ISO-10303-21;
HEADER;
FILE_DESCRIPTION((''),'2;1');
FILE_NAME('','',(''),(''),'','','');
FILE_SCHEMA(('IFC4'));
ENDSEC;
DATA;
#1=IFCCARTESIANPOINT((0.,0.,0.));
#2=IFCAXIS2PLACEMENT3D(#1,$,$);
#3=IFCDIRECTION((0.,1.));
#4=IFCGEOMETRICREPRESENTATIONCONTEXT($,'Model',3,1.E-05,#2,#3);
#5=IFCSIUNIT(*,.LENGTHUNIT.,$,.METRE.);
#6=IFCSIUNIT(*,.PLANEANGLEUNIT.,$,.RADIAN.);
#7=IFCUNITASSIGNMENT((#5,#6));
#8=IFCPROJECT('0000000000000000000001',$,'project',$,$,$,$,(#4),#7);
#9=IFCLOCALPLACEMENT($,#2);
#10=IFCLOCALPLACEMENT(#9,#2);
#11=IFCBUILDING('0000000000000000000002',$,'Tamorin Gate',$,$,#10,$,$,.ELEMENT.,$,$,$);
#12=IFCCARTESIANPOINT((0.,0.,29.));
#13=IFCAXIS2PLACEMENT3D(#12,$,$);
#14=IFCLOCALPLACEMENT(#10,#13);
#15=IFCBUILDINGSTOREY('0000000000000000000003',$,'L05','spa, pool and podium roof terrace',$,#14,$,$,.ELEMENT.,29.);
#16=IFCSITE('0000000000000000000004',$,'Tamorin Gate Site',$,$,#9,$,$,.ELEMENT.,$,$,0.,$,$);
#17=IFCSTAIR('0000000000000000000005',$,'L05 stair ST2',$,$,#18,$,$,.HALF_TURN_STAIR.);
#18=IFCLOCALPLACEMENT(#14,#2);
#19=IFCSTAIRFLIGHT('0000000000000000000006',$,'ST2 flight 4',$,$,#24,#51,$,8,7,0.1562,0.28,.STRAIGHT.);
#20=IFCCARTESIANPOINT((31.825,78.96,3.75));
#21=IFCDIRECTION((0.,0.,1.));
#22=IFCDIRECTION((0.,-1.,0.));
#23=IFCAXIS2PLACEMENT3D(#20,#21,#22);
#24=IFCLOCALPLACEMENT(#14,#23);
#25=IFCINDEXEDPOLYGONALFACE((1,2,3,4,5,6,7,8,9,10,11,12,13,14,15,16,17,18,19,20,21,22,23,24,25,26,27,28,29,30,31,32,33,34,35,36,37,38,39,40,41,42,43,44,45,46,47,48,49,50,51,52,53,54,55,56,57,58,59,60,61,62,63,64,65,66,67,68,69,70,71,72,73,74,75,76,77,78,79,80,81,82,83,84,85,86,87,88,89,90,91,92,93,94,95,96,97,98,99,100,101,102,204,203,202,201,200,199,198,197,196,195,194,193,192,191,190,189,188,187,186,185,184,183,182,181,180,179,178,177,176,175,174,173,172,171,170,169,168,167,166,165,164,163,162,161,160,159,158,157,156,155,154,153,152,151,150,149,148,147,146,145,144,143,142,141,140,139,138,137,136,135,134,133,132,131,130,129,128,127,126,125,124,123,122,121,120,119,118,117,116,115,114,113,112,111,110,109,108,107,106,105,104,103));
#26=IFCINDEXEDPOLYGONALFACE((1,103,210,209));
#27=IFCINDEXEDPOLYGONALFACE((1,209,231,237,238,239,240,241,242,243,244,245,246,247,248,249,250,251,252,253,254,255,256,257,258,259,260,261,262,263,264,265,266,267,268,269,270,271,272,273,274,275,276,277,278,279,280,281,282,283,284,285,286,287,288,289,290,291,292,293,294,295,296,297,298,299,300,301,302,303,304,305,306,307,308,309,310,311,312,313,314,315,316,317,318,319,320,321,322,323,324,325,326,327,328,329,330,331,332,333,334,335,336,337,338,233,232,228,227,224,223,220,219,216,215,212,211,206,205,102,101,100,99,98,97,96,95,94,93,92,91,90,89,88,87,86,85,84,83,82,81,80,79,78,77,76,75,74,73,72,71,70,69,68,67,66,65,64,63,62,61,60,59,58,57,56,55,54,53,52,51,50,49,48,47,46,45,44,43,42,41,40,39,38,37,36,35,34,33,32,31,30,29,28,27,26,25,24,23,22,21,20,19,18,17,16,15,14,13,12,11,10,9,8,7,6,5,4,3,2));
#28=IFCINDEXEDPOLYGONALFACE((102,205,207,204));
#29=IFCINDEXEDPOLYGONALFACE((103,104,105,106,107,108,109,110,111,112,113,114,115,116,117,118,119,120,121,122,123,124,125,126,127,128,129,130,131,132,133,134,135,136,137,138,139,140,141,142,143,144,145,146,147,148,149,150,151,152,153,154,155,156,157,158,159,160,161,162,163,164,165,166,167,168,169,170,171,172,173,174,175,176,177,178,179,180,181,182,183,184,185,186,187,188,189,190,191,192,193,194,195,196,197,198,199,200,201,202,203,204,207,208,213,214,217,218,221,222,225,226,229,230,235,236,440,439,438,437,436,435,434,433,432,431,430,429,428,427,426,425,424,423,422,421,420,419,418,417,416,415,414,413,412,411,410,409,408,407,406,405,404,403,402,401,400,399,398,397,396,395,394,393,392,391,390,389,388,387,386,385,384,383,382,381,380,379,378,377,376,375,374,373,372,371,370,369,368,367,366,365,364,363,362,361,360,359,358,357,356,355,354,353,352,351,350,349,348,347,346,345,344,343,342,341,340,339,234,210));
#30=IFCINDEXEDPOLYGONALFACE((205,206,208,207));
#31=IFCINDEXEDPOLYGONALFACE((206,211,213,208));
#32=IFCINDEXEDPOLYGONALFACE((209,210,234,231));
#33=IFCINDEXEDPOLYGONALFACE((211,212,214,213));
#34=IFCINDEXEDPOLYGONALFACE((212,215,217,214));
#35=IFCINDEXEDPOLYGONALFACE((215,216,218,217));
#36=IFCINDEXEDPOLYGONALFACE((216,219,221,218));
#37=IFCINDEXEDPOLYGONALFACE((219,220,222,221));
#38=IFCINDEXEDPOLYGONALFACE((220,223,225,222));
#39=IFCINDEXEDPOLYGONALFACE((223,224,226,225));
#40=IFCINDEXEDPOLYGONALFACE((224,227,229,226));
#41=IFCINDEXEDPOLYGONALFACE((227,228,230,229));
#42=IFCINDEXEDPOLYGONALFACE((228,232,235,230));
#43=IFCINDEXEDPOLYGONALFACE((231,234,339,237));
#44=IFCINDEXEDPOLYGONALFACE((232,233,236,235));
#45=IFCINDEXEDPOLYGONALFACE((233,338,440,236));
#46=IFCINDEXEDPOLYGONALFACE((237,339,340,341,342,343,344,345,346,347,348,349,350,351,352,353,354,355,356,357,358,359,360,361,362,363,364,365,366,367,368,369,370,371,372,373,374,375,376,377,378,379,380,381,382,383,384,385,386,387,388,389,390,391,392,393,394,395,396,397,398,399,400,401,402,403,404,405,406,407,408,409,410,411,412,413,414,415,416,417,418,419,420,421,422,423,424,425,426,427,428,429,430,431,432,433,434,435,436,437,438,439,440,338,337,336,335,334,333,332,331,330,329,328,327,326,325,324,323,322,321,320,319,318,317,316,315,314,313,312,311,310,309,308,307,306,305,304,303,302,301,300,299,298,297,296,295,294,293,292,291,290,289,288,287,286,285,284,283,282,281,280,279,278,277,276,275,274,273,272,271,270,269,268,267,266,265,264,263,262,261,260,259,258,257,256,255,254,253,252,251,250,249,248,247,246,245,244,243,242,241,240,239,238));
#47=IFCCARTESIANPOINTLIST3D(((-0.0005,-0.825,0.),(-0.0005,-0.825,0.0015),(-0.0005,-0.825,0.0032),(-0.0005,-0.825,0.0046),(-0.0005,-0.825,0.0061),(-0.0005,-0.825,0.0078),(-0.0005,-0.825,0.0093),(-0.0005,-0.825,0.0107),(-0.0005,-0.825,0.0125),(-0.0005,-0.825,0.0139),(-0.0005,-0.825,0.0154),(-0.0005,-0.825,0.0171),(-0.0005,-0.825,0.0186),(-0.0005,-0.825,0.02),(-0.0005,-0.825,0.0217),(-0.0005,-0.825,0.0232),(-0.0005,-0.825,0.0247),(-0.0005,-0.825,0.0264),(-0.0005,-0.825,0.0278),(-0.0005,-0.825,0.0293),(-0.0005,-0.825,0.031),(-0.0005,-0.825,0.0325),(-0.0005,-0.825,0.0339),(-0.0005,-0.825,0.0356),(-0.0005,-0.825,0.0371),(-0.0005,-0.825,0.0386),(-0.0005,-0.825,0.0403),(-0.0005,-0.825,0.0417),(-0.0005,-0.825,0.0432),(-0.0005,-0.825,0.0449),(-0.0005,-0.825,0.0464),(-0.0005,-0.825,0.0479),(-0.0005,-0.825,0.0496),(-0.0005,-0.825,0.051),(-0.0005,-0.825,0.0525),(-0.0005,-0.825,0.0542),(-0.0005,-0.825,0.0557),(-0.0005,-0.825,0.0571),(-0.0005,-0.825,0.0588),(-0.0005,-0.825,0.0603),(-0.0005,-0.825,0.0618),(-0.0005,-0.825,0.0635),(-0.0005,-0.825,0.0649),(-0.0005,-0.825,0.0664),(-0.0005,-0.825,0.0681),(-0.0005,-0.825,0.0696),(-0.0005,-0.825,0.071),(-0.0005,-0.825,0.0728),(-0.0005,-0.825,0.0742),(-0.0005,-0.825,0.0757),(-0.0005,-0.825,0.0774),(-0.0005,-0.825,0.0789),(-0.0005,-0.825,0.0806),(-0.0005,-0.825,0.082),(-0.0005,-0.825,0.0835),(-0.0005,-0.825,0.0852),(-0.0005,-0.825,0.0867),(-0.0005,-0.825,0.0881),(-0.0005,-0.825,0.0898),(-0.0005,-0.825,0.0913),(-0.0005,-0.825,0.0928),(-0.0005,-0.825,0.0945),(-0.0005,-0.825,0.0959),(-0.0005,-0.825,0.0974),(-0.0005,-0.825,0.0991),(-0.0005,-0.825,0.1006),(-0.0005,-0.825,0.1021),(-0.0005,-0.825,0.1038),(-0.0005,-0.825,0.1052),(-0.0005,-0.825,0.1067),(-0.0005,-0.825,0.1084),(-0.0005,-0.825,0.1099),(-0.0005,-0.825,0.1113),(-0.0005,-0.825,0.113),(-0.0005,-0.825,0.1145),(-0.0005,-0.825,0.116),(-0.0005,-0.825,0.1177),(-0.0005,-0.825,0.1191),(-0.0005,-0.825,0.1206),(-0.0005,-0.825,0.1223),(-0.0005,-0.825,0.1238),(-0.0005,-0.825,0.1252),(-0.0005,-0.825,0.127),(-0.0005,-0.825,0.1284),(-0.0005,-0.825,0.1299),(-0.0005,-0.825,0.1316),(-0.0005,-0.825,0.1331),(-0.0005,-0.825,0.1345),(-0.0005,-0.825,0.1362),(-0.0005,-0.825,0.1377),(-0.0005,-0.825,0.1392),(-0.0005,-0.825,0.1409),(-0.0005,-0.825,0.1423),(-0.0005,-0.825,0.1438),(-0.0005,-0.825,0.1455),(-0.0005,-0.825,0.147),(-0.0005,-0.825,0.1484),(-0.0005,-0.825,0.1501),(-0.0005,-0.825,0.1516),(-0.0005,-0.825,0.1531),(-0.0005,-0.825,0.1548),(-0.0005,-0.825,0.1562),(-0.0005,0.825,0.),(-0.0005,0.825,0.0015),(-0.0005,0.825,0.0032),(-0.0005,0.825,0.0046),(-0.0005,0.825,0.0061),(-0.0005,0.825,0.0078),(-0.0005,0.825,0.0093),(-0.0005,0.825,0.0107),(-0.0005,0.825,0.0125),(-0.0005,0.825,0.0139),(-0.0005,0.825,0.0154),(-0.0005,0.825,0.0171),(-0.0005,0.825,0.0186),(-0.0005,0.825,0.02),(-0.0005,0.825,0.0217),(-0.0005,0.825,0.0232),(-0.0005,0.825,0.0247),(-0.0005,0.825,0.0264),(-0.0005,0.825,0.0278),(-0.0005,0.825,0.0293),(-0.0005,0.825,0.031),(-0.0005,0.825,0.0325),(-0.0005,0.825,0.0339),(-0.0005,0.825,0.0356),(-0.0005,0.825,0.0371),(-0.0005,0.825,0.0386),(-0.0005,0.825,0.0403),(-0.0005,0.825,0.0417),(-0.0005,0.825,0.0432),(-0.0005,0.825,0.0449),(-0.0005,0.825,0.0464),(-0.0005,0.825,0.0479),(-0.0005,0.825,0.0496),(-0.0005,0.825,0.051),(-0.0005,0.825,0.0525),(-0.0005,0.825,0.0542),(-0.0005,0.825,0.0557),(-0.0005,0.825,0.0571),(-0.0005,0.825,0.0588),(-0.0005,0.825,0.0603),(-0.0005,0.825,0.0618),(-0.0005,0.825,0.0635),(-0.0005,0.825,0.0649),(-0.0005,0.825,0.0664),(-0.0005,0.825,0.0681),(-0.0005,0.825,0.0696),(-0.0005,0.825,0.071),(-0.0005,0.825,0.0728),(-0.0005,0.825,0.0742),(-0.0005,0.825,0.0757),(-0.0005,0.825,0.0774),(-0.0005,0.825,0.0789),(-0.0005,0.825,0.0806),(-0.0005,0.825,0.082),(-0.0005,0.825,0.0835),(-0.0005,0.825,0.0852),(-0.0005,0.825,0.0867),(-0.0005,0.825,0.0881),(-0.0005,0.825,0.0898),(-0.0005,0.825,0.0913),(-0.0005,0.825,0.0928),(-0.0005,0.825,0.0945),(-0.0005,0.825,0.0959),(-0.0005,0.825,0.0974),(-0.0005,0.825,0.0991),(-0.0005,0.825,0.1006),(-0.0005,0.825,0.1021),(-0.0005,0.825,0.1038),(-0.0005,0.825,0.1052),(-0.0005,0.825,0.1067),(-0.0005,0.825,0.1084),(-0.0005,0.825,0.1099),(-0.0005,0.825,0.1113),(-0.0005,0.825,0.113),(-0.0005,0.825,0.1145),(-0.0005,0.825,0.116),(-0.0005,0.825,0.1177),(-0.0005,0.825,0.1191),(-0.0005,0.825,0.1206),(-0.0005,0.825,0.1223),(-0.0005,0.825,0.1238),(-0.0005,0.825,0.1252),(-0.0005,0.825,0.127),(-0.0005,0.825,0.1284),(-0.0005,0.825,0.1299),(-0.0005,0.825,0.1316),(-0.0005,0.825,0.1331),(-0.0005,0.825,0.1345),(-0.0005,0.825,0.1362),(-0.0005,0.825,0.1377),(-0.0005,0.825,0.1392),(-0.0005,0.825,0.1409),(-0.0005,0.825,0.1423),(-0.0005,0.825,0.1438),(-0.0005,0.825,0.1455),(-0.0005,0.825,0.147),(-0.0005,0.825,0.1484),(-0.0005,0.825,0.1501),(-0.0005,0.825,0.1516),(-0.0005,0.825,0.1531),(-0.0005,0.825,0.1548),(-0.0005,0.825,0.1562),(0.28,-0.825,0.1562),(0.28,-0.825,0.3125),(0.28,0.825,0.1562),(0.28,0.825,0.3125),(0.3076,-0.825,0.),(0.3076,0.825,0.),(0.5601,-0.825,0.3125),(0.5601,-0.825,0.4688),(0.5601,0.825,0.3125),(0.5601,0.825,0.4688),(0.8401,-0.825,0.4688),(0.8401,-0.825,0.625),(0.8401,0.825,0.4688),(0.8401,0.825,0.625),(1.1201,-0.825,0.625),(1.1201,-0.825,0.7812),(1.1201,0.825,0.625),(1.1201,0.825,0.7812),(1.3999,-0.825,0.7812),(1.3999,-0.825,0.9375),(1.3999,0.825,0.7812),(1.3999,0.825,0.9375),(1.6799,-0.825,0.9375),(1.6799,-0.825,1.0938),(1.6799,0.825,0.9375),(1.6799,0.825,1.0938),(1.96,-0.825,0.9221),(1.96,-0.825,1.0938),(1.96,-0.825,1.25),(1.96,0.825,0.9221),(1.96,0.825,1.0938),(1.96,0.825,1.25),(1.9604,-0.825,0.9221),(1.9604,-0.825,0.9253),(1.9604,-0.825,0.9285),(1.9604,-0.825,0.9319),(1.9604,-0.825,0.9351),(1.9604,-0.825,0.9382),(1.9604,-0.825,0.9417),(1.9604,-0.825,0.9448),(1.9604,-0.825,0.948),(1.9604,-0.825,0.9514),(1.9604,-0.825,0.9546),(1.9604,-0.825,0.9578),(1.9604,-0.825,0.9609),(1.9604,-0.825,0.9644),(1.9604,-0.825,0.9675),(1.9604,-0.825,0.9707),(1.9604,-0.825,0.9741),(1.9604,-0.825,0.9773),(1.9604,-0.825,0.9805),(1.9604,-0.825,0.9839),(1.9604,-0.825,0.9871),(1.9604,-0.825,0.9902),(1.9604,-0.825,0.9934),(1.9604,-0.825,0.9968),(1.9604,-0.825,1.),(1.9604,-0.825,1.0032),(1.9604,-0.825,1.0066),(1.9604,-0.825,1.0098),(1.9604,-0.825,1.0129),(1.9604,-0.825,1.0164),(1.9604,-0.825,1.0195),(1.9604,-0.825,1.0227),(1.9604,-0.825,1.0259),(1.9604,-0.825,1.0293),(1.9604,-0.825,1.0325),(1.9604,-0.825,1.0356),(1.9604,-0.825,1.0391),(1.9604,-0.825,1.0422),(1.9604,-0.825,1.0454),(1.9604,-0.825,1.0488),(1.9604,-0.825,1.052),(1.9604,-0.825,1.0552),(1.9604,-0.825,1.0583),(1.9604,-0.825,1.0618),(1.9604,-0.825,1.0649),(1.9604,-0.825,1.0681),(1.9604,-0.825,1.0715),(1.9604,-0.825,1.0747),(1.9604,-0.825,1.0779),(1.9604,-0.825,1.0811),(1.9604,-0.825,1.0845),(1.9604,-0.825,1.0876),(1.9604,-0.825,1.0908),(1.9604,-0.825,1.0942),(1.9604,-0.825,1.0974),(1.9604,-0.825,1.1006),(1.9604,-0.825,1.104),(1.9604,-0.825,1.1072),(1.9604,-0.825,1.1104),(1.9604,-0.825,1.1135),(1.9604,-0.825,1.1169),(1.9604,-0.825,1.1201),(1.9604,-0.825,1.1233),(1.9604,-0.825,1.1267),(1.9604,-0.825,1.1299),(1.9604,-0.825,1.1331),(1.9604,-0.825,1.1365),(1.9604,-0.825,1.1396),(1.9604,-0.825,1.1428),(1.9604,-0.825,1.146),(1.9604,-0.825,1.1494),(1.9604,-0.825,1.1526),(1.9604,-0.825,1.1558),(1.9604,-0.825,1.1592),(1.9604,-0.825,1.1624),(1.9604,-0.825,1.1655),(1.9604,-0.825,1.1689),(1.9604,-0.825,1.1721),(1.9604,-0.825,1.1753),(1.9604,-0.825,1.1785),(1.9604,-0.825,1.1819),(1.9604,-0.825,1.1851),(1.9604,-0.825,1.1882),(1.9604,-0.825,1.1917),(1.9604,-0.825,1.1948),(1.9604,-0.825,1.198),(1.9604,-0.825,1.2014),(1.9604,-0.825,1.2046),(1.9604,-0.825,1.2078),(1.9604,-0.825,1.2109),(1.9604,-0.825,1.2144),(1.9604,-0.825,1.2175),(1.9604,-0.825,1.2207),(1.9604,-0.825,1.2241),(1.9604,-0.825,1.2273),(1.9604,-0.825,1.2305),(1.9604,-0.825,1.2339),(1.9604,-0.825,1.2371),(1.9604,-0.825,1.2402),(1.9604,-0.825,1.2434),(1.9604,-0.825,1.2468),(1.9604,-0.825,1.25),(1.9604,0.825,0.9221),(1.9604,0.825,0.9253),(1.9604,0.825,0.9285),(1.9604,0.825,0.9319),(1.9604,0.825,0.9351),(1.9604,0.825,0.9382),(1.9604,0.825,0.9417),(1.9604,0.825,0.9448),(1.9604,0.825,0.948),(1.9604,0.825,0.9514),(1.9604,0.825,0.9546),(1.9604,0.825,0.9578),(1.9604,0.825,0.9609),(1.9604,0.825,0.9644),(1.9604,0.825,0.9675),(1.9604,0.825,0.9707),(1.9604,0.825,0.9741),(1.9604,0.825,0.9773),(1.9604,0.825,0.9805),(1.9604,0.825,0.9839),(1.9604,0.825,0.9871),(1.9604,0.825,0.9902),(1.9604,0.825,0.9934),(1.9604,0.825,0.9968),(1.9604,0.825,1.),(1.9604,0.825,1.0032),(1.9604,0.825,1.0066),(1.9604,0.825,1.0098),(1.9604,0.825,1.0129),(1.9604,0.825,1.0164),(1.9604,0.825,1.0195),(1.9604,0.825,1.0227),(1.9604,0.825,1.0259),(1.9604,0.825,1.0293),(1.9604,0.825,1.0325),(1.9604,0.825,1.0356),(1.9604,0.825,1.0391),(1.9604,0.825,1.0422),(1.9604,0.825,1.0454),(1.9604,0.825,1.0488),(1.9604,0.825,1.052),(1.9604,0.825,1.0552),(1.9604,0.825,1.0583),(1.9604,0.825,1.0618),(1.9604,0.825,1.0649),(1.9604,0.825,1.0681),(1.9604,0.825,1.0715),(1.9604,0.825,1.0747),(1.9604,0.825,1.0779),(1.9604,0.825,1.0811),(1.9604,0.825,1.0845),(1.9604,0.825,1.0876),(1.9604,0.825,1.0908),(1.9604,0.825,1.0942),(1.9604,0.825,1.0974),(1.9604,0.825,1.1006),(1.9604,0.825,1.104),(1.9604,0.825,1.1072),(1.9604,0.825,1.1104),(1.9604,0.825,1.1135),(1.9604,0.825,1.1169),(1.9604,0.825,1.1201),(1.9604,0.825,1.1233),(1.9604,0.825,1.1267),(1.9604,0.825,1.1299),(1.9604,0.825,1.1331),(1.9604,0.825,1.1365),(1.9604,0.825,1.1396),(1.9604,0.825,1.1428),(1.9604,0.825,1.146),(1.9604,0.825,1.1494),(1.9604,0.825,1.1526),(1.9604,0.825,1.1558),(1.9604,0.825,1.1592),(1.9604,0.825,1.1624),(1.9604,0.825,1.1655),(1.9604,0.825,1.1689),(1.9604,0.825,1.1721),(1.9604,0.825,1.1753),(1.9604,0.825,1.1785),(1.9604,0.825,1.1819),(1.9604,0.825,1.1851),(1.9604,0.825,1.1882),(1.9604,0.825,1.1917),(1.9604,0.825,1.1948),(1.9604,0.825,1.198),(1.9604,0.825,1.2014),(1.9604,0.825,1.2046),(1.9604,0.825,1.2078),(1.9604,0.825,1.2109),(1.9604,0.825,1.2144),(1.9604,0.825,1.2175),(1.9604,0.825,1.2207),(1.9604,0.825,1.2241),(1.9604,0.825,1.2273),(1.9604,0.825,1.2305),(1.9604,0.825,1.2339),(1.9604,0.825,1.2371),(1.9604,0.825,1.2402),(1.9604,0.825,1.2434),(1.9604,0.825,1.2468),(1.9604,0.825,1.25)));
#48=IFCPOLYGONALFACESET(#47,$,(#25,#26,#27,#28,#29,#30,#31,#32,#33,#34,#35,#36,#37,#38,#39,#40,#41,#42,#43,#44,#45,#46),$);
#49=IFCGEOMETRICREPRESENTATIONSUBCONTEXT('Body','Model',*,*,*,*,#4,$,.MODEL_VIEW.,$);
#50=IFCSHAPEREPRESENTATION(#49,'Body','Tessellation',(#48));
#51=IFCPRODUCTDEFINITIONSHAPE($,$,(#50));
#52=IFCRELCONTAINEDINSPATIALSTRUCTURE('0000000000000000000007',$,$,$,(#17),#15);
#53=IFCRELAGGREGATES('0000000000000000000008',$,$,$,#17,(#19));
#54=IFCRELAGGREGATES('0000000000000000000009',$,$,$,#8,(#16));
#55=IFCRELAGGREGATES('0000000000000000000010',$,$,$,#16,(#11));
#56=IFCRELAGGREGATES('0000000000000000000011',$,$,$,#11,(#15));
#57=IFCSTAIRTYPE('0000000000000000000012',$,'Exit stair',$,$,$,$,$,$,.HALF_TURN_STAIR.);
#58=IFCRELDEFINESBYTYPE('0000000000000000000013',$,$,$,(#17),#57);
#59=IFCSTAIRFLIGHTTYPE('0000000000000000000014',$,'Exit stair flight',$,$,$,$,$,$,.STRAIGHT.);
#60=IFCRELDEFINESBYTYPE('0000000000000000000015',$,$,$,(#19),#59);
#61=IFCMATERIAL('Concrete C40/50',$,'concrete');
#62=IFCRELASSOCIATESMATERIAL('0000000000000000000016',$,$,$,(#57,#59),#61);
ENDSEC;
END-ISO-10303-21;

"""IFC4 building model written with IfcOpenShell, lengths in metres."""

from ifc_helpers import new_model, si_unit, direction, frame, origin, place, context, subcontext, project, spatial, polyline, outline, extrude, material, type_object, element, aggregate, save


model = new_model("IFC4")

# Units and contexts
model_context = context("Model", 3, precision=1e-05, world=origin(), true_north=direction((0.0, 1.0)))
body_context = subcontext(model_context, "Body", "Model", "MODEL_VIEW")
ifc_project = project(units=[si_unit("LENGTHUNIT", "METRE"), si_unit("PLANEANGLEUNIT", "RADIAN")], contexts=[model_context])

# Site, building, storey
site_placement = place(None, origin())
site = spatial("IfcSite", under=ifc_project, at=site_placement, Name="Tamorin Gate Site", CompositionType="ELEMENT", RefElevation=0.0)
building_placement = place(site_placement, origin())
building = spatial("IfcBuilding", under=site, at=building_placement, Name="Tamorin Gate", CompositionType="ELEMENT")
storey_placement = place(building_placement, frame((0.0, 0.0, 29.0)))
storey = spatial("IfcBuildingStorey", under=building, at=storey_placement, Name="L05", Description="spa, pool and podium roof terrace", CompositionType="ELEMENT", Elevation=29.0)

# Stair, stair flight
ifc_material_1 = material(Name="Concrete C40/50", Category="concrete")
stair_type = type_object("IfcStairType", Name="Exit stair", PredefinedType="HALF_TURN_STAIR", material=ifc_material_1)
stair_placement = place(storey_placement, origin())
stair = element("IfcStair", 1, at=stair_placement, inside=storey, type_object=stair_type, Name="L05 stair ST2", PredefinedType="HALF_TURN_STAIR")
stair_flight_type = type_object("IfcStairFlightType", Name="Exit stair flight", PredefinedType="STRAIGHT", material=ifc_material_1)
stair_flight_1_placement = place(storey_placement, frame((31.825, 78.96, 3.75), z_axis=(0.0, 0.0, 1.0), x_axis=(0.0, -1.0, 0.0)))
stair_flight_1 = element("IfcStairFlight", 2, at=stair_flight_1_placement, type_object=stair_flight_type, Name="ST2 flight 4", NumberOfRisers=8, NumberOfTreads=7, PredefinedType="STRAIGHT", RiserHeight=0.1562, TreadLength=0.28, context=body_context, shape_type="SweptSolid", body=[
    extrude(outline(polyline([(-0.0005, 0.0), (-0.0005, 0.0015), (-0.0005, 0.0032), (-0.0005, 0.0046), (-0.0005, 0.0061), (-0.0005, 0.0078), (-0.0005, 0.0093), (-0.0005, 0.0107), (-0.0005, 0.0125), (-0.0005, 0.0139), (-0.0005, 0.0154), (-0.0005, 0.0171), (-0.0005, 0.0186), (-0.0005, 0.02), (-0.0005, 0.0217), (-0.0005, 0.0232), (-0.0005, 0.0247), (-0.0005, 0.0264), (-0.0005, 0.0278), (-0.0005, 0.0293), (-0.0005, 0.031), (-0.0005, 0.0325), (-0.0005, 0.0339), (-0.0005, 0.0356), (-0.0005, 0.0371), (-0.0005, 0.0386), (-0.0005, 0.0403), (-0.0005, 0.0417), (-0.0005, 0.0432), (-0.0005, 0.0449), (-0.0005, 0.0464), (-0.0005, 0.0479), (-0.0005, 0.0496), (-0.0005, 0.051), (-0.0005, 0.0525), (-0.0005, 0.0542), (-0.0005, 0.0557), (-0.0005, 0.0571), (-0.0005, 0.0588), (-0.0005, 0.0603), (-0.0005, 0.0618), (-0.0005, 0.0635), (-0.0005, 0.0649), (-0.0005, 0.0664), (-0.0005, 0.0681), (-0.0005, 0.0696), (-0.0005, 0.071), (-0.0005, 0.0728), (-0.0005, 0.0742), (-0.0005, 0.0757), (-0.0005, 0.0774), (-0.0005, 0.0789), (-0.0005, 0.0806), (-0.0005, 0.082), (-0.0005, 0.0835), (-0.0005, 0.0852), (-0.0005, 0.0867), (-0.0005, 0.0881), (-0.0005, 0.0898), (-0.0005, 0.0913), (-0.0005, 0.0928), (-0.0005, 0.0945), (-0.0005, 0.0959), (-0.0005, 0.0974), (-0.0005, 0.0991), (-0.0005, 0.1006), (-0.0005, 0.1021), (-0.0005, 0.1038), (-0.0005, 0.1052), (-0.0005, 0.1067), (-0.0005, 0.1084), (-0.0005, 0.1099), (-0.0005, 0.1113), (-0.0005, 0.113), (-0.0005, 0.1145), (-0.0005, 0.116), (-0.0005, 0.1177), (-0.0005, 0.1191), (-0.0005, 0.1206), (-0.0005, 0.1223), (-0.0005, 0.1238), (-0.0005, 0.1252), (-0.0005, 0.127), (-0.0005, 0.1284), (-0.0005, 0.1299), (-0.0005, 0.1316), (-0.0005, 0.1331), (-0.0005, 0.1345), (-0.0005, 0.1362), (-0.0005, 0.1377), (-0.0005, 0.1392), (-0.0005, 0.1409), (-0.0005, 0.1423), (-0.0005, 0.1438), (-0.0005, 0.1455), (-0.0005, 0.147), (-0.0005, 0.1484), (-0.0005, 0.1501), (-0.0005, 0.1516), (-0.0005, 0.1531), (-0.0005, 0.1548), (-0.0005, 0.1562), (0.28, 0.1562), (0.28, 0.3125), (0.5601, 0.3125), (0.5601, 0.4688), (0.8401, 0.4688), (0.8401, 0.625), (1.1201, 0.625), (1.1201, 0.7812), (1.3999, 0.7812), (1.3999, 0.9375), (1.6799, 0.9375), (1.6799, 1.0938), (1.96, 1.0938), (1.96, 1.25), (1.9604, 1.25), (1.9604, 1.2468), (1.9604, 1.2434), (1.9604, 1.2402), (1.9604, 1.2371), (1.9604, 1.2339), (1.9604, 1.2305), (1.9604, 1.2273), (1.9604, 1.2241), (1.9604, 1.2207), (1.9604, 1.2175), (1.9604, 1.2144), (1.9604, 1.2109), (1.9604, 1.2078), (1.9604, 1.2046), (1.9604, 1.2014), (1.9604, 1.198), (1.9604, 1.1948), (1.9604, 1.1917), (1.9604, 1.1882), (1.9604, 1.1851), (1.9604, 1.1819), (1.9604, 1.1785), (1.9604, 1.1753), (1.9604, 1.1721), (1.9604, 1.1689), (1.9604, 1.1655), (1.9604, 1.1624), (1.9604, 1.1592), (1.9604, 1.1558), (1.9604, 1.1526), (1.9604, 1.1494), (1.9604, 1.146), (1.9604, 1.1428), (1.9604, 1.1396), (1.9604, 1.1365), (1.9604, 1.1331), (1.9604, 1.1299), (1.9604, 1.1267), (1.9604, 1.1233), (1.9604, 1.1201), (1.9604, 1.1169), (1.9604, 1.1135), (1.9604, 1.1104), (1.9604, 1.1072), (1.9604, 1.104), (1.9604, 1.1006), (1.9604, 1.0974), (1.9604, 1.0942), (1.9604, 1.0908), (1.9604, 1.0876), (1.9604, 1.0845), (1.9604, 1.0811), (1.9604, 1.0779), (1.9604, 1.0747), (1.9604, 1.0715), (1.9604, 1.0681), (1.9604, 1.0649), (1.9604, 1.0618), (1.9604, 1.0583), (1.9604, 1.0552), (1.9604, 1.052), (1.9604, 1.0488), (1.9604, 1.0454), (1.9604, 1.0422), (1.9604, 1.0391), (1.9604, 1.0356), (1.9604, 1.0325), (1.9604, 1.0293), (1.9604, 1.0259), (1.9604, 1.0227), (1.9604, 1.0195), (1.9604, 1.0164), (1.9604, 1.0129), (1.9604, 1.0098), (1.9604, 1.0066), (1.9604, 1.0032), (1.9604, 1.0), (1.9604, 0.9968), (1.9604, 0.9934), (1.9604, 0.9902), (1.9604, 0.9871), (1.9604, 0.9839), (1.9604, 0.9805), (1.9604, 0.9773), (1.9604, 0.9741), (1.9604, 0.9707), (1.9604, 0.9675), (1.9604, 0.9644), (1.9604, 0.9609), (1.9604, 0.9578), (1.9604, 0.9546), (1.9604, 0.9514), (1.9604, 0.948), (1.9604, 0.9448), (1.9604, 0.9417), (1.9604, 0.9382), (1.9604, 0.9351), (1.9604, 0.9319), (1.9604, 0.9285), (1.9604, 0.9253), (1.9604, 0.9221), (1.96, 0.9221), (0.3076, 0.0), (-0.0005, 0.0)])), frame((0.0, 0.825, 0.0), z_axis=(0.0, -1.0, 0.0), x_axis=(1.0, 0.0, 0.0)), (0.0, 0.0, 1.0), 1.6499),
])
aggregate(stair, [stair_flight_1])

save(model, "model.ifc")
